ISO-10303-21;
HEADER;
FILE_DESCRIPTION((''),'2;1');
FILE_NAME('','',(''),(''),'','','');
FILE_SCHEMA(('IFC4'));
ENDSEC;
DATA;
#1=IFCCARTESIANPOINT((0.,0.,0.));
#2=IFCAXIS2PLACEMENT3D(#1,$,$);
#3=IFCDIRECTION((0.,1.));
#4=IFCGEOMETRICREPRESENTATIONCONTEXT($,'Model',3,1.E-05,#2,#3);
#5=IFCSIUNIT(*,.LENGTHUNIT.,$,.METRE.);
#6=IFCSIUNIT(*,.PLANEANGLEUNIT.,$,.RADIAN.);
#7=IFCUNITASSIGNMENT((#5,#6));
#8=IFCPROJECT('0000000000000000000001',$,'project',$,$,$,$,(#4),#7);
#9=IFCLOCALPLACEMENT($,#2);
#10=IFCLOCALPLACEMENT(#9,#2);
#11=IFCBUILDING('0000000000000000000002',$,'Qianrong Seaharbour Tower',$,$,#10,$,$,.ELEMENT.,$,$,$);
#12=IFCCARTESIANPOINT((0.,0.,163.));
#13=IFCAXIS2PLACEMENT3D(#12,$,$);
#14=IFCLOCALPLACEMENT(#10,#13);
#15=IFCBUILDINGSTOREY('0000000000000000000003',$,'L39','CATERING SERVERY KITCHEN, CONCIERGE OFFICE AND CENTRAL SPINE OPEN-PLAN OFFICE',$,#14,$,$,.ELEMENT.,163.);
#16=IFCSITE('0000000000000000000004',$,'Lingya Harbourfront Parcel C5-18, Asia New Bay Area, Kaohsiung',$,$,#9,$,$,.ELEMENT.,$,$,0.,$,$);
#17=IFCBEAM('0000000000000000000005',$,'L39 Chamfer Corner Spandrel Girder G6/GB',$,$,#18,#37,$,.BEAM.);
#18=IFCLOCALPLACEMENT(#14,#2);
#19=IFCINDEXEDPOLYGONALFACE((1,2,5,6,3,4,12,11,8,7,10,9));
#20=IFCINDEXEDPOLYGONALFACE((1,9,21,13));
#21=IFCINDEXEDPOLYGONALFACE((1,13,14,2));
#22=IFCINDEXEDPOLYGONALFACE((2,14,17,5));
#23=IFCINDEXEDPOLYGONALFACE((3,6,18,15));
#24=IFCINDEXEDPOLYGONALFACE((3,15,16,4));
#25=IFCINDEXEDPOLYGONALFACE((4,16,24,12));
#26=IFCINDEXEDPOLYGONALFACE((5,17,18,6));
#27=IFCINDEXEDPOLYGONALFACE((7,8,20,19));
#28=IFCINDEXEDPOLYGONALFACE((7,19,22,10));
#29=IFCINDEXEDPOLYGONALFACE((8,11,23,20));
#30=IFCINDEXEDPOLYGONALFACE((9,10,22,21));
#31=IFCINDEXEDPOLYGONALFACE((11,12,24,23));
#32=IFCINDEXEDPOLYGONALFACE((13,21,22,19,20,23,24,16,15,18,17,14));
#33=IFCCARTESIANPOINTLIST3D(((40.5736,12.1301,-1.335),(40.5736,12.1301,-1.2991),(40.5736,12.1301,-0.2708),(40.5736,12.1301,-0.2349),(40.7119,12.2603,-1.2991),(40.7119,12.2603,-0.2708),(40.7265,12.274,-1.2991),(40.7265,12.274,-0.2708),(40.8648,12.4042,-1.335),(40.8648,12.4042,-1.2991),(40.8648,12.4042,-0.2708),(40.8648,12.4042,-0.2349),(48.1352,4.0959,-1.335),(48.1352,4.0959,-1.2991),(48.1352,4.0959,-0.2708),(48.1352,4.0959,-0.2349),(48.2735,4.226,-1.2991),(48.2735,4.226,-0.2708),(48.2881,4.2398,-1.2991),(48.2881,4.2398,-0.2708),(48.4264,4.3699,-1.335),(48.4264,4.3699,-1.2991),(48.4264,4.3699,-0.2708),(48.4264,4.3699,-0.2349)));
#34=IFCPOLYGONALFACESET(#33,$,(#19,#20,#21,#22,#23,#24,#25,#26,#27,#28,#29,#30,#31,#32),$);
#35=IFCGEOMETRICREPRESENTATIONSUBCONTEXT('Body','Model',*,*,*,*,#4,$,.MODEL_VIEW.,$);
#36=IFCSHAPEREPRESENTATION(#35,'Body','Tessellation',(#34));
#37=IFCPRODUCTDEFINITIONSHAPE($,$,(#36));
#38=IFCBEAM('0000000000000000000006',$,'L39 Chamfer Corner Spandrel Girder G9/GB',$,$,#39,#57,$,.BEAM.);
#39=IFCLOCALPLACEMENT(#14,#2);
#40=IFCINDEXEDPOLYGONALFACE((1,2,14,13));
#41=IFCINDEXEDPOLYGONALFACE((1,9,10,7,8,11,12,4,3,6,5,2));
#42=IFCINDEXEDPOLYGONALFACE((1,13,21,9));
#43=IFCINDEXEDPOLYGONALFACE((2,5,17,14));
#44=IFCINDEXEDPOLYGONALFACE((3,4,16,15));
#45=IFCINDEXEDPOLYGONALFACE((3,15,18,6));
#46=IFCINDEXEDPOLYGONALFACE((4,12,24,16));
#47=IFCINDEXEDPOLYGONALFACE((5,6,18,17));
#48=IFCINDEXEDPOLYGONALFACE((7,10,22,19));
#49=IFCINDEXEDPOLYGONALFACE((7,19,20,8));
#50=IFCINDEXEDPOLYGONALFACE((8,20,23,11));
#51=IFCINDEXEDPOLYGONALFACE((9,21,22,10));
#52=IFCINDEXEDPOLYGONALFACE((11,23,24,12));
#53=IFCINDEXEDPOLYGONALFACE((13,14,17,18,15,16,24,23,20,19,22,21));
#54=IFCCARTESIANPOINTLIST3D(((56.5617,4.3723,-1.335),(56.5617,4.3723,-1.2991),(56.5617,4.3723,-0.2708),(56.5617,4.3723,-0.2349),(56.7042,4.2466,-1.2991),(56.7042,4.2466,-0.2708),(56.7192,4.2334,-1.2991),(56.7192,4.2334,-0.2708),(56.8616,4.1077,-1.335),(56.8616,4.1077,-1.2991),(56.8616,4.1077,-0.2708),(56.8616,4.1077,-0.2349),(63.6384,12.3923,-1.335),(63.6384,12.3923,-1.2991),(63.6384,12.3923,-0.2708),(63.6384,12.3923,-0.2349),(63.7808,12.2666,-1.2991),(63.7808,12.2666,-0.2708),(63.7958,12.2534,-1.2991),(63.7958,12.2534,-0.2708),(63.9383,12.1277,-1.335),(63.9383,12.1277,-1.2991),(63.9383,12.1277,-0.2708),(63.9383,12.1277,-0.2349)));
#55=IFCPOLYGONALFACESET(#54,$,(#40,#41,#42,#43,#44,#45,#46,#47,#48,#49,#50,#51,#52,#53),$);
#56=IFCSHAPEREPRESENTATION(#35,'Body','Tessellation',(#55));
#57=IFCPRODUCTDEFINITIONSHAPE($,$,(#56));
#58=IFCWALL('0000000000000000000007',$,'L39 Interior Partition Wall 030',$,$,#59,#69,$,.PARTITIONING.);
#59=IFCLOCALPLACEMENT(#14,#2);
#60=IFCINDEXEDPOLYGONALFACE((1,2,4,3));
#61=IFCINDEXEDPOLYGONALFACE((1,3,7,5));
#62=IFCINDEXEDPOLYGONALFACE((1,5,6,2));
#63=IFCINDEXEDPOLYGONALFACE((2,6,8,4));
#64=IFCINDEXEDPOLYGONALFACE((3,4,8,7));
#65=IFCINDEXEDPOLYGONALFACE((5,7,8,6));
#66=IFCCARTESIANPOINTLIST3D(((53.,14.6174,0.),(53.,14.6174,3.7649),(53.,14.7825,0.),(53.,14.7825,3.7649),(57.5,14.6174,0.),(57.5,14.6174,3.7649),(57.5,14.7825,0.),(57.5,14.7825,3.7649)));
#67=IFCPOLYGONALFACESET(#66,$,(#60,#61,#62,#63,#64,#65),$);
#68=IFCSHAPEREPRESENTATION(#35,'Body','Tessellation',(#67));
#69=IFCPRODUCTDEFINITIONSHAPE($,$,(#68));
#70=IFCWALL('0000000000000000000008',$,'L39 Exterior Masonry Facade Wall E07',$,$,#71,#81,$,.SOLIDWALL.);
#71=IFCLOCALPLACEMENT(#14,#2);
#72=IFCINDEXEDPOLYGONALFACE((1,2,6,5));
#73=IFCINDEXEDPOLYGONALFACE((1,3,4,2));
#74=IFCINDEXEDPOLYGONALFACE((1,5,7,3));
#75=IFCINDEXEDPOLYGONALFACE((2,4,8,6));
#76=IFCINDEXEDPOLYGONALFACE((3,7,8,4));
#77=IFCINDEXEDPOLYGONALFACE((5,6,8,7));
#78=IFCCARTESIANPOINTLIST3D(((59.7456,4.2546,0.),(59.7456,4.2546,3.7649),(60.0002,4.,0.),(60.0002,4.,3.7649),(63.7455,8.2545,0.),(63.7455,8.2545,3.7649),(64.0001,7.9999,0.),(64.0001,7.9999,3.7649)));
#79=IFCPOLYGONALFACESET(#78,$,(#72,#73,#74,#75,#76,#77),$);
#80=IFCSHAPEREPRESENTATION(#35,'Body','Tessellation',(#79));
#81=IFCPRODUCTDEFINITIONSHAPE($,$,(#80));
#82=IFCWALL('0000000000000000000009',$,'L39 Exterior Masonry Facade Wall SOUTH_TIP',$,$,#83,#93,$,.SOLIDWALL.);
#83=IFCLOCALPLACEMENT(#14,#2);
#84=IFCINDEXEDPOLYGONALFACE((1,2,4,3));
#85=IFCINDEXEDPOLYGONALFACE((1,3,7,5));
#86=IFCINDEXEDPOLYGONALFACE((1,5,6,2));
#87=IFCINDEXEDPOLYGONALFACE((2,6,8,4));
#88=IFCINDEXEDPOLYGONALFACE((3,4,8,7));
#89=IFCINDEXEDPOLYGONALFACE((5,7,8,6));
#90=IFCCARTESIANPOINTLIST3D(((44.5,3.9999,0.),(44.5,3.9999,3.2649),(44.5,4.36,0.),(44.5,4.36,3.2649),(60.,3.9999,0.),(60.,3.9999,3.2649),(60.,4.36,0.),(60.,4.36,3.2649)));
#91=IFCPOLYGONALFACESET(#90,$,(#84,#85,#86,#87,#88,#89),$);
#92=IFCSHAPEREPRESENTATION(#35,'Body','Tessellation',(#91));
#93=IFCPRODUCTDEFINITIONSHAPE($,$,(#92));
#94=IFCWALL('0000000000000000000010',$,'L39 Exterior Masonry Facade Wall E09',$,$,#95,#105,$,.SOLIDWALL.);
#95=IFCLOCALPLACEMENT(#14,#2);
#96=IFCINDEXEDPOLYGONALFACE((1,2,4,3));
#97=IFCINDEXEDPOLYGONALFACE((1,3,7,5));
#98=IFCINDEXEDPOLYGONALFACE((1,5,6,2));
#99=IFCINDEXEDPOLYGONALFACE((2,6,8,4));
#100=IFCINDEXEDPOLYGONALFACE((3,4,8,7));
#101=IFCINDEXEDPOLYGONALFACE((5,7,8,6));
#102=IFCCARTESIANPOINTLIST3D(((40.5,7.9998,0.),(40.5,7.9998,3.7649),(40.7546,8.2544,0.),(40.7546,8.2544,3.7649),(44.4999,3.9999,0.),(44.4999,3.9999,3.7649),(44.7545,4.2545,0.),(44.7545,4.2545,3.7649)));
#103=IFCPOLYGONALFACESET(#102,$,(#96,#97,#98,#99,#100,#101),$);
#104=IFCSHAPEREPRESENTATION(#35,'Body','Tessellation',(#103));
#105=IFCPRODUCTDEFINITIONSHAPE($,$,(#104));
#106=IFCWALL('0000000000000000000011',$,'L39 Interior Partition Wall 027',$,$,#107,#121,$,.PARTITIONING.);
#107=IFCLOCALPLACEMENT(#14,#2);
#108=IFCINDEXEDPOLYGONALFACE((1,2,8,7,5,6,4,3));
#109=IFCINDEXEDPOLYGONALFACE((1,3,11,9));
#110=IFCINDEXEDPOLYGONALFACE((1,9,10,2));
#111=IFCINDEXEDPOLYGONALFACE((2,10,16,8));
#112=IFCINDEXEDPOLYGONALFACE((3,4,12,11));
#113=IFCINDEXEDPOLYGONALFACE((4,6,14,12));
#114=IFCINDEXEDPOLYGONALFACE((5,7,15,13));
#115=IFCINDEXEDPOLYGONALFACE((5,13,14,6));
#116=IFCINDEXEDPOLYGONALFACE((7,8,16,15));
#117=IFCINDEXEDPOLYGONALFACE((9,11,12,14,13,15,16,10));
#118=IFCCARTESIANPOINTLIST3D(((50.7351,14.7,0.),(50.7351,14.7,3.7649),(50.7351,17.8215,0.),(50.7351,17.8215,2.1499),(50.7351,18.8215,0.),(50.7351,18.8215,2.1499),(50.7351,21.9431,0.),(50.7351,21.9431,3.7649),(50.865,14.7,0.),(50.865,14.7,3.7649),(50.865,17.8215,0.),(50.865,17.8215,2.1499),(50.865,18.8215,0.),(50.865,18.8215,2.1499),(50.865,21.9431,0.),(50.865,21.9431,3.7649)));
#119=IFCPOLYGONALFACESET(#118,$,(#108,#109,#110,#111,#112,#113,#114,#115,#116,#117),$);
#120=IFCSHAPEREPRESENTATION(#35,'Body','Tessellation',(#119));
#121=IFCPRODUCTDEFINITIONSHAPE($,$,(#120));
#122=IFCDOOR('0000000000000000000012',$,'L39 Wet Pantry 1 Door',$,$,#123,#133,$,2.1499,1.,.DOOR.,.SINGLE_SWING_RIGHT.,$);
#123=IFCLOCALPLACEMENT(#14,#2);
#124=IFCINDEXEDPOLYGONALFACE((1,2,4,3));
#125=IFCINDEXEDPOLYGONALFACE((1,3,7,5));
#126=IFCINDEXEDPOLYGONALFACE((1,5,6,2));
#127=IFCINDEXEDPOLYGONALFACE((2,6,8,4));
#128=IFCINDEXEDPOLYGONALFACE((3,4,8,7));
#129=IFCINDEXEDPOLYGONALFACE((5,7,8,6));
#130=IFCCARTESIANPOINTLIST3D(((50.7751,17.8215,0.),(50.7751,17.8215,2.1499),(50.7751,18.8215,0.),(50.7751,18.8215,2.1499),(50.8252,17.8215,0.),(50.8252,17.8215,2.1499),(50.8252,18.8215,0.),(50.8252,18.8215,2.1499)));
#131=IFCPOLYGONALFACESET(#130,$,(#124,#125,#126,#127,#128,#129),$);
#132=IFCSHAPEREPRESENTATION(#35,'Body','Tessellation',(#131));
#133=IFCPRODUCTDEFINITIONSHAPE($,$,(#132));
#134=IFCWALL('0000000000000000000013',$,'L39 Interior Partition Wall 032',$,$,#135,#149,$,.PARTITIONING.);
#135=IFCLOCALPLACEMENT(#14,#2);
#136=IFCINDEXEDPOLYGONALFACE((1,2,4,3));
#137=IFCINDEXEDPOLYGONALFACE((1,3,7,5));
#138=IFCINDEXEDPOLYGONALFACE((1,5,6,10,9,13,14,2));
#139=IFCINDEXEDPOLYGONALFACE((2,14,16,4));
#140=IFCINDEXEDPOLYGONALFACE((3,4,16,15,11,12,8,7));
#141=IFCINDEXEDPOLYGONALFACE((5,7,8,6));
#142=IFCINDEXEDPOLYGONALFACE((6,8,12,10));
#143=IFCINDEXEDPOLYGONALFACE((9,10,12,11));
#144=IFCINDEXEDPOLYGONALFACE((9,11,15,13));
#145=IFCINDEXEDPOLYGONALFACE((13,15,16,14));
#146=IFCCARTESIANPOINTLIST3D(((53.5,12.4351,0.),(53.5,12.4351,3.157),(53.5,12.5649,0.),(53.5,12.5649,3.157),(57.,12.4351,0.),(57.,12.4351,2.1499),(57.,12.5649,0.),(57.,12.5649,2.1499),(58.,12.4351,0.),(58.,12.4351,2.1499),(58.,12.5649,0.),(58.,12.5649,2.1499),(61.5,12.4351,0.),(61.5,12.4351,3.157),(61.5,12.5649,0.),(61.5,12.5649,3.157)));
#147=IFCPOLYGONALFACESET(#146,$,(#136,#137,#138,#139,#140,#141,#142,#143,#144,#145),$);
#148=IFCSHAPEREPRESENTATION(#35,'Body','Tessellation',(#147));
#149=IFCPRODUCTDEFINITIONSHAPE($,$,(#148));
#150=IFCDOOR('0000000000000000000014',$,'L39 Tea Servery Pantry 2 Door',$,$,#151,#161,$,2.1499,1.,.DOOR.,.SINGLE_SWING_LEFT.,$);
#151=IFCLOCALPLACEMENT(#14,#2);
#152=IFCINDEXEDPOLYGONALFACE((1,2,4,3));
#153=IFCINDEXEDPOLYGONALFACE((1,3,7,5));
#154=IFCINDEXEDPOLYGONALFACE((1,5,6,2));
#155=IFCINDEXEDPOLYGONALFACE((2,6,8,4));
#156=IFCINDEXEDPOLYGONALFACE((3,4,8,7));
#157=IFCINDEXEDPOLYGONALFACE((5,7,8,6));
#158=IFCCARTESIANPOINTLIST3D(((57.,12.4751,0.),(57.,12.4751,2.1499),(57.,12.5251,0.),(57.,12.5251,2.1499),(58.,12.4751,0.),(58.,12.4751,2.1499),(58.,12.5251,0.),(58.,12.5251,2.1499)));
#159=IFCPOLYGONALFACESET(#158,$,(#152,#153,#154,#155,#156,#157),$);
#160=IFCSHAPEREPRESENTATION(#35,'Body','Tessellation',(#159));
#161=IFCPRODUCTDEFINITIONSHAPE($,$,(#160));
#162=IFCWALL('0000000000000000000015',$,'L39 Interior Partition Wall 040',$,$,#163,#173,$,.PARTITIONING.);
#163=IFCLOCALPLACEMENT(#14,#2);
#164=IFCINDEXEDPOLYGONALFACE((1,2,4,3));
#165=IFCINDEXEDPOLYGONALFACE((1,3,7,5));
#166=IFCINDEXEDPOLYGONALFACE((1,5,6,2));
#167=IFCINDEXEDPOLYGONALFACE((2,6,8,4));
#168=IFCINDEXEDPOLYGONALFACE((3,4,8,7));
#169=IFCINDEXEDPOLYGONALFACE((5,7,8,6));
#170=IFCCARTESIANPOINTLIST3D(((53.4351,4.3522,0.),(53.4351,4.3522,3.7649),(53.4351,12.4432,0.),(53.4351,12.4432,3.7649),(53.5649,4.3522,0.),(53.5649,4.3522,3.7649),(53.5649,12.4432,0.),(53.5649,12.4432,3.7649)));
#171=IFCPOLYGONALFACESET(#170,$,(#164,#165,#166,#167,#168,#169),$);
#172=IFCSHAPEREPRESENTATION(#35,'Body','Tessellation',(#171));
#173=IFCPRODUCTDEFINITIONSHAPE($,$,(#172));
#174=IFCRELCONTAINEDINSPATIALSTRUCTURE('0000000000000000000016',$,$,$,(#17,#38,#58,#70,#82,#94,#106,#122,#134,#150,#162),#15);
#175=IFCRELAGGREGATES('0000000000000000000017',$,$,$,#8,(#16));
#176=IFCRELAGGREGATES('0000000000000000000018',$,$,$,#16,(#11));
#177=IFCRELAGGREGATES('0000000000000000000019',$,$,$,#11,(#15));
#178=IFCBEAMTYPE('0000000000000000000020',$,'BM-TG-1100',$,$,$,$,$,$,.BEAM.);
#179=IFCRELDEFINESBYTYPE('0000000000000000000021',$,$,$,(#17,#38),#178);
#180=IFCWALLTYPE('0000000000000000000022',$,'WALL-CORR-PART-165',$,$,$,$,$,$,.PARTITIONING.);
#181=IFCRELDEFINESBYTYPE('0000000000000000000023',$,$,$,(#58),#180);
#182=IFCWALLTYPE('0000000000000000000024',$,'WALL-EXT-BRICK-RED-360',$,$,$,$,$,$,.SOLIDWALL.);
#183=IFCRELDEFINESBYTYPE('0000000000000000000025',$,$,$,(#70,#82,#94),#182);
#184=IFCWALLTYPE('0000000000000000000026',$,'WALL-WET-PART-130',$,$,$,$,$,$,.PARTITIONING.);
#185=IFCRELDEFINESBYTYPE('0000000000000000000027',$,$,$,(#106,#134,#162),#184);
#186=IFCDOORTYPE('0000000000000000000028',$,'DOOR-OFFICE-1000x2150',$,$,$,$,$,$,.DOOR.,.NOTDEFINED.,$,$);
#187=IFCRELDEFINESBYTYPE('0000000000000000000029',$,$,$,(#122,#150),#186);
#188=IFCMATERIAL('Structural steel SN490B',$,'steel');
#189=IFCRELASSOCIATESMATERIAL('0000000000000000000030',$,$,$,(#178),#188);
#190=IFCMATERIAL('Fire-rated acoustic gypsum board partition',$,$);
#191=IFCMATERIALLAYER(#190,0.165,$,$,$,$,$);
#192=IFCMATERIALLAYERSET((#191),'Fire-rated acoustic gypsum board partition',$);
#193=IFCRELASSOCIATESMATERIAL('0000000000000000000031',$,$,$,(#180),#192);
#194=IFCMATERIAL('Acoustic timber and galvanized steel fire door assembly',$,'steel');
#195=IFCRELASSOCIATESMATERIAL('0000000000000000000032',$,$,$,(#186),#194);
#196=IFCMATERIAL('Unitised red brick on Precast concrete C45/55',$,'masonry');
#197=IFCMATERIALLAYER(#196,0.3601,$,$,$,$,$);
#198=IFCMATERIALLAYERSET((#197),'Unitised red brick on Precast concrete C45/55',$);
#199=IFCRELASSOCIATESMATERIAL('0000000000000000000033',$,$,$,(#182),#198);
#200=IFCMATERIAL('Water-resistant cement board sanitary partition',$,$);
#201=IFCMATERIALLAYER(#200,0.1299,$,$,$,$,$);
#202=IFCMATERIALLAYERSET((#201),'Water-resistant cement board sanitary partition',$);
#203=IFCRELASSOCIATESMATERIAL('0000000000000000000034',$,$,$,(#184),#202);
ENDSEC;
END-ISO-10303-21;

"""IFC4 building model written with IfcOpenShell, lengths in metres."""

from ifc_helpers import new_model, si_unit, direction, frame, frame_2d, origin, origin_2d, place, context, subcontext, project, spatial, rectangle, i_section, extrude, material, layer, layer_set, material_profile, profile_set, type_object, element, fill, save


model = new_model("IFC4")

# Units and contexts
model_context = context("Model", 3, precision=1e-05, world=origin(), true_north=direction((0.0, 1.0)))
body_context = subcontext(model_context, "Body", "Model", "MODEL_VIEW")
ifc_project = project(units=[si_unit("LENGTHUNIT", "METRE"), si_unit("PLANEANGLEUNIT", "RADIAN")], contexts=[model_context])

# Site, building, storey
site_placement = place(None, origin())
site = spatial("IfcSite", under=ifc_project, at=site_placement, Name="Lingya Harbourfront Parcel C5-18, Asia New Bay Area, Kaohsiung", CompositionType="ELEMENT", RefElevation=0.0)
building_placement = place(site_placement, origin())
building = spatial("IfcBuilding", under=site, at=building_placement, Name="Qianrong Seaharbour Tower", CompositionType="ELEMENT")
storey_placement = place(building_placement, frame((0.0, 0.0, 163.0)))
storey = spatial("IfcBuildingStorey", under=building, at=storey_placement, Name="L39", Description="CATERING SERVERY KITCHEN, CONCIERGE OFFICE AND CENTRAL SPINE OPEN-PLAN OFFICE", CompositionType="ELEMENT", Elevation=163.0)

# Shared definitions
ifc_material_1 = material(Name="Structural steel SN490B", Category="steel")

# Beams
ifc_material_profile_1 = material_profile(ifc_material_1, i_section(OverallWidth=0.3999, OverallDepth=1.1001, WebThickness=0.02, FlangeThickness=0.0359, at=origin_2d()), Name="BH1100x400x20x36")
ifc_profile_set_1 = profile_set([ifc_material_profile_1], Name="Structural steel SN490B")
beam_type_1 = type_object("IfcBeamType", Name="BM-TG-1100", PredefinedType="BEAM", material=ifc_profile_set_1)
beam_1_placement = place(storey_placement, frame((48.2808, 4.2329, -0.7849), z_axis=(-0.685362, 0.728203, 0.0), x_axis=(-0.728203, -0.685362, 0.0)))
element("IfcBeam", 1, at=beam_1_placement, inside=storey, type_object=beam_type_1, Name="L39 Chamfer Corner Spandrel Girder G6/GB", PredefinedType="BEAM", context=body_context, shape_type="SweptSolid", body=[
    extrude(i_section(OverallWidth=0.3999, OverallDepth=1.1001, WebThickness=0.02, FlangeThickness=0.0359, at=origin_2d()), origin(), (0.0, 0.0, 1.0), 11.033),
])
beam_2_placement = place(storey_placement, frame((56.7117, 4.24, -0.7849), z_axis=(0.661631, 0.74983, 0.0), x_axis=(-0.74983, 0.661631, 0.0)))
element("IfcBeam", 2, at=beam_2_placement, inside=storey, type_object=beam_type_1, Name="L39 Chamfer Corner Spandrel Girder G9/GB", PredefinedType="BEAM", context=body_context, shape_type="SweptSolid", body=[
    extrude(i_section(OverallWidth=0.3999, OverallDepth=1.1001, WebThickness=0.02, FlangeThickness=0.0359, at=origin_2d()), origin(), (0.0, 0.0, 1.0), 10.6958),
])

# Shared definitions
ifc_material_2 = material(Name="Fire-rated acoustic gypsum board partition")
ifc_layer_1 = layer(ifc_material_2, 0.165)
ifc_layer_set_1 = layer_set([ifc_layer_1], Name="Fire-rated acoustic gypsum board partition")
wall_type_1 = type_object("IfcWallType", Name="WALL-CORR-PART-165", PredefinedType="PARTITIONING", material=ifc_layer_set_1)
ifc_material_3 = material(Name="Acoustic timber and galvanized steel fire door assembly", Category="steel")
door_type = type_object("IfcDoorType", Name="DOOR-OFFICE-1000x2150", OperationType="NOTDEFINED", PredefinedType="DOOR", material=ifc_material_3)

# Wall
wall_1_placement = place(storey_placement, frame((53.0, 14.7, 0.0), z_axis=(0.0, 0.0, 1.0), x_axis=(1.0, 0.0, 0.0)))
element("IfcWall", 3, at=wall_1_placement, inside=storey, type_object=wall_type_1, Name="L39 Interior Partition Wall 030", PredefinedType="PARTITIONING", context=body_context, shape_type="SweptSolid", body=[
    extrude(rectangle(XDim=4.5, YDim=0.165, at=frame_2d((2.25, 0.0))), origin(), (0.0, 0.0, 1.0), 3.7649),
])

# Walls
ifc_material_4 = material(Name="Unitised red brick on Precast concrete C45/55", Category="masonry")
ifc_layer_2 = layer(ifc_material_4, 0.3601)
ifc_layer_set_2 = layer_set([ifc_layer_2], Name="Unitised red brick on Precast concrete C45/55")
wall_type_2 = type_object("IfcWallType", Name="WALL-EXT-BRICK-RED-360", PredefinedType="SOLIDWALL", material=ifc_layer_set_2)
wall_2_placement = place(storey_placement, frame((63.8728, 8.1272, 0.0), z_axis=(0.0, 0.0, 1.0), x_axis=(-0.707107, -0.707107, 0.0)))
element("IfcWall", 4, at=wall_2_placement, inside=storey, type_object=wall_type_2, Name="L39 Exterior Masonry Facade Wall E07", PredefinedType="SOLIDWALL", context=body_context, shape_type="SweptSolid", body=[
    extrude(rectangle(XDim=5.6567, YDim=0.3601, at=frame_2d((2.8284, 0.0))), origin(), (0.0, 0.0, 1.0), 3.7649),
])
wall_3_placement = place(storey_placement, frame((60.0, 4.1799, 0.0), z_axis=(0.0, 0.0, 1.0), x_axis=(-1.0, 0.0, 0.0)))
element("IfcWall", 5, at=wall_3_placement, inside=storey, type_object=wall_type_2, Name="L39 Exterior Masonry Facade Wall SOUTH_TIP", PredefinedType="SOLIDWALL", context=body_context, shape_type="SweptSolid", body=[
    extrude(rectangle(XDim=15.5, YDim=0.3601, at=frame_2d((7.75, 0.0))), origin(), (0.0, 0.0, 1.0), 3.2649),
])
wall_4_placement = place(storey_placement, frame((44.6272, 4.1272, 0.0), z_axis=(0.0, 0.0, 1.0), x_axis=(-0.707107, 0.707107, 0.0)))
element("IfcWall", 6, at=wall_4_placement, inside=storey, type_object=wall_type_2, Name="L39 Exterior Masonry Facade Wall E09", PredefinedType="SOLIDWALL", context=body_context, shape_type="SweptSolid", body=[
    extrude(rectangle(XDim=5.6567, YDim=0.3601, at=frame_2d((2.8284, 0.0))), origin(), (0.0, 0.0, 1.0), 3.7649),
])

# Walls, openings, doors
ifc_material_5 = material(Name="Water-resistant cement board sanitary partition")
ifc_layer_3 = layer(ifc_material_5, 0.1299)
ifc_layer_set_3 = layer_set([ifc_layer_3], Name="Water-resistant cement board sanitary partition")
wall_type_3 = type_object("IfcWallType", Name="WALL-WET-PART-130", PredefinedType="PARTITIONING", material=ifc_layer_set_3)
wall_5_placement = place(storey_placement, frame((50.8, 14.7, 0.0), z_axis=(0.0, 0.0, 1.0), x_axis=(0.0, 1.0, 0.0)))
wall_5 = element("IfcWall", 7, at=wall_5_placement, inside=storey, type_object=wall_type_3, Name="L39 Interior Partition Wall 027", PredefinedType="PARTITIONING", context=body_context, shape_type="SweptSolid", body=[
    extrude(rectangle(XDim=7.2432, YDim=0.1299, at=frame_2d((3.6216, 0.0))), origin(), (0.0, 0.0, 1.0), 3.7649),
])
opening_1_placement = place(wall_5_placement, frame((3.1216, 0.0, 0.0)))
opening_1 = element("IfcOpeningElement", 8, at=opening_1_placement, cuts=wall_5, PredefinedType="OPENING", context=body_context, shape_type="SweptSolid", body=[
    extrude(rectangle(XDim=1.0, YDim=2.1499, at=frame_2d((0.5, 1.075))), frame((0.0, 0.075, 0.0), z_axis=(0.0, -1.0, 0.0), x_axis=(1.0, 0.0, 0.0)), (0.0, 0.0, 1.0), 0.1499),
])
door_1_placement = place(opening_1_placement, origin())
door_1 = element("IfcDoor", 9, at=door_1_placement, inside=storey, type_object=door_type, Name="L39 Wet Pantry 1 Door", OperationType="SINGLE_SWING_RIGHT", OverallHeight=2.1499, OverallWidth=1.0, PredefinedType="DOOR", context=body_context, shape_type="SweptSolid", body=[
    extrude(rectangle(XDim=1.0, YDim=2.1499, at=frame_2d((0.5, 1.075))), frame((0.0, 0.0249, 0.0), z_axis=(0.0, -1.0, 0.0), x_axis=(1.0, 0.0, 0.0)), (0.0, 0.0, 1.0), 0.05),
])
fill(opening_1, door_1)
wall_6_placement = place(storey_placement, frame((61.5, 12.5, 0.0), z_axis=(0.0, 0.0, 1.0), x_axis=(-1.0, 0.0, 0.0)))
wall_6 = element("IfcWall", 10, at=wall_6_placement, inside=storey, type_object=wall_type_3, Name="L39 Interior Partition Wall 032", PredefinedType="PARTITIONING", context=body_context, shape_type="SweptSolid", body=[
    extrude(rectangle(XDim=8.0, YDim=0.1299, at=frame_2d((4.0, 0.0))), origin(), (0.0, 0.0, 1.0), 3.157),
])
opening_2_placement = place(wall_6_placement, frame((3.5, 0.0, 0.0)))
opening_2 = element("IfcOpeningElement", 11, at=opening_2_placement, cuts=wall_6, PredefinedType="OPENING", context=body_context, shape_type="SweptSolid", body=[
    extrude(rectangle(XDim=1.0, YDim=2.1499, at=frame_2d((0.5, 1.075))), frame((0.0, 0.075, 0.0), z_axis=(0.0, -1.0, 0.0), x_axis=(1.0, 0.0, 0.0)), (0.0, 0.0, 1.0), 0.1499),
])
door_2_placement = place(opening_2_placement, origin())
door_2 = element("IfcDoor", 12, at=door_2_placement, inside=storey, type_object=door_type, Name="L39 Tea Servery Pantry 2 Door", OperationType="SINGLE_SWING_LEFT", OverallHeight=2.1499, OverallWidth=1.0, PredefinedType="DOOR", context=body_context, shape_type="SweptSolid", body=[
    extrude(rectangle(XDim=1.0, YDim=2.1499, at=frame_2d((0.5, 1.075))), frame((0.0, 0.0249, 0.0), z_axis=(0.0, -1.0, 0.0), x_axis=(1.0, 0.0, 0.0)), (0.0, 0.0, 1.0), 0.05),
])
fill(opening_2, door_2)

# Wall
wall_7_placement = place(storey_placement, frame((53.5, 12.4431, 0.0), z_axis=(0.0, 0.0, 1.0), x_axis=(0.0, -1.0, 0.0)))
element("IfcWall", 13, at=wall_7_placement, inside=storey, type_object=wall_type_3, Name="L39 Interior Partition Wall 040", PredefinedType="PARTITIONING", context=body_context, shape_type="SweptSolid", body=[
    extrude(rectangle(XDim=8.0911, YDim=0.1299, at=frame_2d((4.0454, 0.0))), origin(), (0.0, 0.0, 1.0), 3.7649),
])

save(model, "model.ifc")
